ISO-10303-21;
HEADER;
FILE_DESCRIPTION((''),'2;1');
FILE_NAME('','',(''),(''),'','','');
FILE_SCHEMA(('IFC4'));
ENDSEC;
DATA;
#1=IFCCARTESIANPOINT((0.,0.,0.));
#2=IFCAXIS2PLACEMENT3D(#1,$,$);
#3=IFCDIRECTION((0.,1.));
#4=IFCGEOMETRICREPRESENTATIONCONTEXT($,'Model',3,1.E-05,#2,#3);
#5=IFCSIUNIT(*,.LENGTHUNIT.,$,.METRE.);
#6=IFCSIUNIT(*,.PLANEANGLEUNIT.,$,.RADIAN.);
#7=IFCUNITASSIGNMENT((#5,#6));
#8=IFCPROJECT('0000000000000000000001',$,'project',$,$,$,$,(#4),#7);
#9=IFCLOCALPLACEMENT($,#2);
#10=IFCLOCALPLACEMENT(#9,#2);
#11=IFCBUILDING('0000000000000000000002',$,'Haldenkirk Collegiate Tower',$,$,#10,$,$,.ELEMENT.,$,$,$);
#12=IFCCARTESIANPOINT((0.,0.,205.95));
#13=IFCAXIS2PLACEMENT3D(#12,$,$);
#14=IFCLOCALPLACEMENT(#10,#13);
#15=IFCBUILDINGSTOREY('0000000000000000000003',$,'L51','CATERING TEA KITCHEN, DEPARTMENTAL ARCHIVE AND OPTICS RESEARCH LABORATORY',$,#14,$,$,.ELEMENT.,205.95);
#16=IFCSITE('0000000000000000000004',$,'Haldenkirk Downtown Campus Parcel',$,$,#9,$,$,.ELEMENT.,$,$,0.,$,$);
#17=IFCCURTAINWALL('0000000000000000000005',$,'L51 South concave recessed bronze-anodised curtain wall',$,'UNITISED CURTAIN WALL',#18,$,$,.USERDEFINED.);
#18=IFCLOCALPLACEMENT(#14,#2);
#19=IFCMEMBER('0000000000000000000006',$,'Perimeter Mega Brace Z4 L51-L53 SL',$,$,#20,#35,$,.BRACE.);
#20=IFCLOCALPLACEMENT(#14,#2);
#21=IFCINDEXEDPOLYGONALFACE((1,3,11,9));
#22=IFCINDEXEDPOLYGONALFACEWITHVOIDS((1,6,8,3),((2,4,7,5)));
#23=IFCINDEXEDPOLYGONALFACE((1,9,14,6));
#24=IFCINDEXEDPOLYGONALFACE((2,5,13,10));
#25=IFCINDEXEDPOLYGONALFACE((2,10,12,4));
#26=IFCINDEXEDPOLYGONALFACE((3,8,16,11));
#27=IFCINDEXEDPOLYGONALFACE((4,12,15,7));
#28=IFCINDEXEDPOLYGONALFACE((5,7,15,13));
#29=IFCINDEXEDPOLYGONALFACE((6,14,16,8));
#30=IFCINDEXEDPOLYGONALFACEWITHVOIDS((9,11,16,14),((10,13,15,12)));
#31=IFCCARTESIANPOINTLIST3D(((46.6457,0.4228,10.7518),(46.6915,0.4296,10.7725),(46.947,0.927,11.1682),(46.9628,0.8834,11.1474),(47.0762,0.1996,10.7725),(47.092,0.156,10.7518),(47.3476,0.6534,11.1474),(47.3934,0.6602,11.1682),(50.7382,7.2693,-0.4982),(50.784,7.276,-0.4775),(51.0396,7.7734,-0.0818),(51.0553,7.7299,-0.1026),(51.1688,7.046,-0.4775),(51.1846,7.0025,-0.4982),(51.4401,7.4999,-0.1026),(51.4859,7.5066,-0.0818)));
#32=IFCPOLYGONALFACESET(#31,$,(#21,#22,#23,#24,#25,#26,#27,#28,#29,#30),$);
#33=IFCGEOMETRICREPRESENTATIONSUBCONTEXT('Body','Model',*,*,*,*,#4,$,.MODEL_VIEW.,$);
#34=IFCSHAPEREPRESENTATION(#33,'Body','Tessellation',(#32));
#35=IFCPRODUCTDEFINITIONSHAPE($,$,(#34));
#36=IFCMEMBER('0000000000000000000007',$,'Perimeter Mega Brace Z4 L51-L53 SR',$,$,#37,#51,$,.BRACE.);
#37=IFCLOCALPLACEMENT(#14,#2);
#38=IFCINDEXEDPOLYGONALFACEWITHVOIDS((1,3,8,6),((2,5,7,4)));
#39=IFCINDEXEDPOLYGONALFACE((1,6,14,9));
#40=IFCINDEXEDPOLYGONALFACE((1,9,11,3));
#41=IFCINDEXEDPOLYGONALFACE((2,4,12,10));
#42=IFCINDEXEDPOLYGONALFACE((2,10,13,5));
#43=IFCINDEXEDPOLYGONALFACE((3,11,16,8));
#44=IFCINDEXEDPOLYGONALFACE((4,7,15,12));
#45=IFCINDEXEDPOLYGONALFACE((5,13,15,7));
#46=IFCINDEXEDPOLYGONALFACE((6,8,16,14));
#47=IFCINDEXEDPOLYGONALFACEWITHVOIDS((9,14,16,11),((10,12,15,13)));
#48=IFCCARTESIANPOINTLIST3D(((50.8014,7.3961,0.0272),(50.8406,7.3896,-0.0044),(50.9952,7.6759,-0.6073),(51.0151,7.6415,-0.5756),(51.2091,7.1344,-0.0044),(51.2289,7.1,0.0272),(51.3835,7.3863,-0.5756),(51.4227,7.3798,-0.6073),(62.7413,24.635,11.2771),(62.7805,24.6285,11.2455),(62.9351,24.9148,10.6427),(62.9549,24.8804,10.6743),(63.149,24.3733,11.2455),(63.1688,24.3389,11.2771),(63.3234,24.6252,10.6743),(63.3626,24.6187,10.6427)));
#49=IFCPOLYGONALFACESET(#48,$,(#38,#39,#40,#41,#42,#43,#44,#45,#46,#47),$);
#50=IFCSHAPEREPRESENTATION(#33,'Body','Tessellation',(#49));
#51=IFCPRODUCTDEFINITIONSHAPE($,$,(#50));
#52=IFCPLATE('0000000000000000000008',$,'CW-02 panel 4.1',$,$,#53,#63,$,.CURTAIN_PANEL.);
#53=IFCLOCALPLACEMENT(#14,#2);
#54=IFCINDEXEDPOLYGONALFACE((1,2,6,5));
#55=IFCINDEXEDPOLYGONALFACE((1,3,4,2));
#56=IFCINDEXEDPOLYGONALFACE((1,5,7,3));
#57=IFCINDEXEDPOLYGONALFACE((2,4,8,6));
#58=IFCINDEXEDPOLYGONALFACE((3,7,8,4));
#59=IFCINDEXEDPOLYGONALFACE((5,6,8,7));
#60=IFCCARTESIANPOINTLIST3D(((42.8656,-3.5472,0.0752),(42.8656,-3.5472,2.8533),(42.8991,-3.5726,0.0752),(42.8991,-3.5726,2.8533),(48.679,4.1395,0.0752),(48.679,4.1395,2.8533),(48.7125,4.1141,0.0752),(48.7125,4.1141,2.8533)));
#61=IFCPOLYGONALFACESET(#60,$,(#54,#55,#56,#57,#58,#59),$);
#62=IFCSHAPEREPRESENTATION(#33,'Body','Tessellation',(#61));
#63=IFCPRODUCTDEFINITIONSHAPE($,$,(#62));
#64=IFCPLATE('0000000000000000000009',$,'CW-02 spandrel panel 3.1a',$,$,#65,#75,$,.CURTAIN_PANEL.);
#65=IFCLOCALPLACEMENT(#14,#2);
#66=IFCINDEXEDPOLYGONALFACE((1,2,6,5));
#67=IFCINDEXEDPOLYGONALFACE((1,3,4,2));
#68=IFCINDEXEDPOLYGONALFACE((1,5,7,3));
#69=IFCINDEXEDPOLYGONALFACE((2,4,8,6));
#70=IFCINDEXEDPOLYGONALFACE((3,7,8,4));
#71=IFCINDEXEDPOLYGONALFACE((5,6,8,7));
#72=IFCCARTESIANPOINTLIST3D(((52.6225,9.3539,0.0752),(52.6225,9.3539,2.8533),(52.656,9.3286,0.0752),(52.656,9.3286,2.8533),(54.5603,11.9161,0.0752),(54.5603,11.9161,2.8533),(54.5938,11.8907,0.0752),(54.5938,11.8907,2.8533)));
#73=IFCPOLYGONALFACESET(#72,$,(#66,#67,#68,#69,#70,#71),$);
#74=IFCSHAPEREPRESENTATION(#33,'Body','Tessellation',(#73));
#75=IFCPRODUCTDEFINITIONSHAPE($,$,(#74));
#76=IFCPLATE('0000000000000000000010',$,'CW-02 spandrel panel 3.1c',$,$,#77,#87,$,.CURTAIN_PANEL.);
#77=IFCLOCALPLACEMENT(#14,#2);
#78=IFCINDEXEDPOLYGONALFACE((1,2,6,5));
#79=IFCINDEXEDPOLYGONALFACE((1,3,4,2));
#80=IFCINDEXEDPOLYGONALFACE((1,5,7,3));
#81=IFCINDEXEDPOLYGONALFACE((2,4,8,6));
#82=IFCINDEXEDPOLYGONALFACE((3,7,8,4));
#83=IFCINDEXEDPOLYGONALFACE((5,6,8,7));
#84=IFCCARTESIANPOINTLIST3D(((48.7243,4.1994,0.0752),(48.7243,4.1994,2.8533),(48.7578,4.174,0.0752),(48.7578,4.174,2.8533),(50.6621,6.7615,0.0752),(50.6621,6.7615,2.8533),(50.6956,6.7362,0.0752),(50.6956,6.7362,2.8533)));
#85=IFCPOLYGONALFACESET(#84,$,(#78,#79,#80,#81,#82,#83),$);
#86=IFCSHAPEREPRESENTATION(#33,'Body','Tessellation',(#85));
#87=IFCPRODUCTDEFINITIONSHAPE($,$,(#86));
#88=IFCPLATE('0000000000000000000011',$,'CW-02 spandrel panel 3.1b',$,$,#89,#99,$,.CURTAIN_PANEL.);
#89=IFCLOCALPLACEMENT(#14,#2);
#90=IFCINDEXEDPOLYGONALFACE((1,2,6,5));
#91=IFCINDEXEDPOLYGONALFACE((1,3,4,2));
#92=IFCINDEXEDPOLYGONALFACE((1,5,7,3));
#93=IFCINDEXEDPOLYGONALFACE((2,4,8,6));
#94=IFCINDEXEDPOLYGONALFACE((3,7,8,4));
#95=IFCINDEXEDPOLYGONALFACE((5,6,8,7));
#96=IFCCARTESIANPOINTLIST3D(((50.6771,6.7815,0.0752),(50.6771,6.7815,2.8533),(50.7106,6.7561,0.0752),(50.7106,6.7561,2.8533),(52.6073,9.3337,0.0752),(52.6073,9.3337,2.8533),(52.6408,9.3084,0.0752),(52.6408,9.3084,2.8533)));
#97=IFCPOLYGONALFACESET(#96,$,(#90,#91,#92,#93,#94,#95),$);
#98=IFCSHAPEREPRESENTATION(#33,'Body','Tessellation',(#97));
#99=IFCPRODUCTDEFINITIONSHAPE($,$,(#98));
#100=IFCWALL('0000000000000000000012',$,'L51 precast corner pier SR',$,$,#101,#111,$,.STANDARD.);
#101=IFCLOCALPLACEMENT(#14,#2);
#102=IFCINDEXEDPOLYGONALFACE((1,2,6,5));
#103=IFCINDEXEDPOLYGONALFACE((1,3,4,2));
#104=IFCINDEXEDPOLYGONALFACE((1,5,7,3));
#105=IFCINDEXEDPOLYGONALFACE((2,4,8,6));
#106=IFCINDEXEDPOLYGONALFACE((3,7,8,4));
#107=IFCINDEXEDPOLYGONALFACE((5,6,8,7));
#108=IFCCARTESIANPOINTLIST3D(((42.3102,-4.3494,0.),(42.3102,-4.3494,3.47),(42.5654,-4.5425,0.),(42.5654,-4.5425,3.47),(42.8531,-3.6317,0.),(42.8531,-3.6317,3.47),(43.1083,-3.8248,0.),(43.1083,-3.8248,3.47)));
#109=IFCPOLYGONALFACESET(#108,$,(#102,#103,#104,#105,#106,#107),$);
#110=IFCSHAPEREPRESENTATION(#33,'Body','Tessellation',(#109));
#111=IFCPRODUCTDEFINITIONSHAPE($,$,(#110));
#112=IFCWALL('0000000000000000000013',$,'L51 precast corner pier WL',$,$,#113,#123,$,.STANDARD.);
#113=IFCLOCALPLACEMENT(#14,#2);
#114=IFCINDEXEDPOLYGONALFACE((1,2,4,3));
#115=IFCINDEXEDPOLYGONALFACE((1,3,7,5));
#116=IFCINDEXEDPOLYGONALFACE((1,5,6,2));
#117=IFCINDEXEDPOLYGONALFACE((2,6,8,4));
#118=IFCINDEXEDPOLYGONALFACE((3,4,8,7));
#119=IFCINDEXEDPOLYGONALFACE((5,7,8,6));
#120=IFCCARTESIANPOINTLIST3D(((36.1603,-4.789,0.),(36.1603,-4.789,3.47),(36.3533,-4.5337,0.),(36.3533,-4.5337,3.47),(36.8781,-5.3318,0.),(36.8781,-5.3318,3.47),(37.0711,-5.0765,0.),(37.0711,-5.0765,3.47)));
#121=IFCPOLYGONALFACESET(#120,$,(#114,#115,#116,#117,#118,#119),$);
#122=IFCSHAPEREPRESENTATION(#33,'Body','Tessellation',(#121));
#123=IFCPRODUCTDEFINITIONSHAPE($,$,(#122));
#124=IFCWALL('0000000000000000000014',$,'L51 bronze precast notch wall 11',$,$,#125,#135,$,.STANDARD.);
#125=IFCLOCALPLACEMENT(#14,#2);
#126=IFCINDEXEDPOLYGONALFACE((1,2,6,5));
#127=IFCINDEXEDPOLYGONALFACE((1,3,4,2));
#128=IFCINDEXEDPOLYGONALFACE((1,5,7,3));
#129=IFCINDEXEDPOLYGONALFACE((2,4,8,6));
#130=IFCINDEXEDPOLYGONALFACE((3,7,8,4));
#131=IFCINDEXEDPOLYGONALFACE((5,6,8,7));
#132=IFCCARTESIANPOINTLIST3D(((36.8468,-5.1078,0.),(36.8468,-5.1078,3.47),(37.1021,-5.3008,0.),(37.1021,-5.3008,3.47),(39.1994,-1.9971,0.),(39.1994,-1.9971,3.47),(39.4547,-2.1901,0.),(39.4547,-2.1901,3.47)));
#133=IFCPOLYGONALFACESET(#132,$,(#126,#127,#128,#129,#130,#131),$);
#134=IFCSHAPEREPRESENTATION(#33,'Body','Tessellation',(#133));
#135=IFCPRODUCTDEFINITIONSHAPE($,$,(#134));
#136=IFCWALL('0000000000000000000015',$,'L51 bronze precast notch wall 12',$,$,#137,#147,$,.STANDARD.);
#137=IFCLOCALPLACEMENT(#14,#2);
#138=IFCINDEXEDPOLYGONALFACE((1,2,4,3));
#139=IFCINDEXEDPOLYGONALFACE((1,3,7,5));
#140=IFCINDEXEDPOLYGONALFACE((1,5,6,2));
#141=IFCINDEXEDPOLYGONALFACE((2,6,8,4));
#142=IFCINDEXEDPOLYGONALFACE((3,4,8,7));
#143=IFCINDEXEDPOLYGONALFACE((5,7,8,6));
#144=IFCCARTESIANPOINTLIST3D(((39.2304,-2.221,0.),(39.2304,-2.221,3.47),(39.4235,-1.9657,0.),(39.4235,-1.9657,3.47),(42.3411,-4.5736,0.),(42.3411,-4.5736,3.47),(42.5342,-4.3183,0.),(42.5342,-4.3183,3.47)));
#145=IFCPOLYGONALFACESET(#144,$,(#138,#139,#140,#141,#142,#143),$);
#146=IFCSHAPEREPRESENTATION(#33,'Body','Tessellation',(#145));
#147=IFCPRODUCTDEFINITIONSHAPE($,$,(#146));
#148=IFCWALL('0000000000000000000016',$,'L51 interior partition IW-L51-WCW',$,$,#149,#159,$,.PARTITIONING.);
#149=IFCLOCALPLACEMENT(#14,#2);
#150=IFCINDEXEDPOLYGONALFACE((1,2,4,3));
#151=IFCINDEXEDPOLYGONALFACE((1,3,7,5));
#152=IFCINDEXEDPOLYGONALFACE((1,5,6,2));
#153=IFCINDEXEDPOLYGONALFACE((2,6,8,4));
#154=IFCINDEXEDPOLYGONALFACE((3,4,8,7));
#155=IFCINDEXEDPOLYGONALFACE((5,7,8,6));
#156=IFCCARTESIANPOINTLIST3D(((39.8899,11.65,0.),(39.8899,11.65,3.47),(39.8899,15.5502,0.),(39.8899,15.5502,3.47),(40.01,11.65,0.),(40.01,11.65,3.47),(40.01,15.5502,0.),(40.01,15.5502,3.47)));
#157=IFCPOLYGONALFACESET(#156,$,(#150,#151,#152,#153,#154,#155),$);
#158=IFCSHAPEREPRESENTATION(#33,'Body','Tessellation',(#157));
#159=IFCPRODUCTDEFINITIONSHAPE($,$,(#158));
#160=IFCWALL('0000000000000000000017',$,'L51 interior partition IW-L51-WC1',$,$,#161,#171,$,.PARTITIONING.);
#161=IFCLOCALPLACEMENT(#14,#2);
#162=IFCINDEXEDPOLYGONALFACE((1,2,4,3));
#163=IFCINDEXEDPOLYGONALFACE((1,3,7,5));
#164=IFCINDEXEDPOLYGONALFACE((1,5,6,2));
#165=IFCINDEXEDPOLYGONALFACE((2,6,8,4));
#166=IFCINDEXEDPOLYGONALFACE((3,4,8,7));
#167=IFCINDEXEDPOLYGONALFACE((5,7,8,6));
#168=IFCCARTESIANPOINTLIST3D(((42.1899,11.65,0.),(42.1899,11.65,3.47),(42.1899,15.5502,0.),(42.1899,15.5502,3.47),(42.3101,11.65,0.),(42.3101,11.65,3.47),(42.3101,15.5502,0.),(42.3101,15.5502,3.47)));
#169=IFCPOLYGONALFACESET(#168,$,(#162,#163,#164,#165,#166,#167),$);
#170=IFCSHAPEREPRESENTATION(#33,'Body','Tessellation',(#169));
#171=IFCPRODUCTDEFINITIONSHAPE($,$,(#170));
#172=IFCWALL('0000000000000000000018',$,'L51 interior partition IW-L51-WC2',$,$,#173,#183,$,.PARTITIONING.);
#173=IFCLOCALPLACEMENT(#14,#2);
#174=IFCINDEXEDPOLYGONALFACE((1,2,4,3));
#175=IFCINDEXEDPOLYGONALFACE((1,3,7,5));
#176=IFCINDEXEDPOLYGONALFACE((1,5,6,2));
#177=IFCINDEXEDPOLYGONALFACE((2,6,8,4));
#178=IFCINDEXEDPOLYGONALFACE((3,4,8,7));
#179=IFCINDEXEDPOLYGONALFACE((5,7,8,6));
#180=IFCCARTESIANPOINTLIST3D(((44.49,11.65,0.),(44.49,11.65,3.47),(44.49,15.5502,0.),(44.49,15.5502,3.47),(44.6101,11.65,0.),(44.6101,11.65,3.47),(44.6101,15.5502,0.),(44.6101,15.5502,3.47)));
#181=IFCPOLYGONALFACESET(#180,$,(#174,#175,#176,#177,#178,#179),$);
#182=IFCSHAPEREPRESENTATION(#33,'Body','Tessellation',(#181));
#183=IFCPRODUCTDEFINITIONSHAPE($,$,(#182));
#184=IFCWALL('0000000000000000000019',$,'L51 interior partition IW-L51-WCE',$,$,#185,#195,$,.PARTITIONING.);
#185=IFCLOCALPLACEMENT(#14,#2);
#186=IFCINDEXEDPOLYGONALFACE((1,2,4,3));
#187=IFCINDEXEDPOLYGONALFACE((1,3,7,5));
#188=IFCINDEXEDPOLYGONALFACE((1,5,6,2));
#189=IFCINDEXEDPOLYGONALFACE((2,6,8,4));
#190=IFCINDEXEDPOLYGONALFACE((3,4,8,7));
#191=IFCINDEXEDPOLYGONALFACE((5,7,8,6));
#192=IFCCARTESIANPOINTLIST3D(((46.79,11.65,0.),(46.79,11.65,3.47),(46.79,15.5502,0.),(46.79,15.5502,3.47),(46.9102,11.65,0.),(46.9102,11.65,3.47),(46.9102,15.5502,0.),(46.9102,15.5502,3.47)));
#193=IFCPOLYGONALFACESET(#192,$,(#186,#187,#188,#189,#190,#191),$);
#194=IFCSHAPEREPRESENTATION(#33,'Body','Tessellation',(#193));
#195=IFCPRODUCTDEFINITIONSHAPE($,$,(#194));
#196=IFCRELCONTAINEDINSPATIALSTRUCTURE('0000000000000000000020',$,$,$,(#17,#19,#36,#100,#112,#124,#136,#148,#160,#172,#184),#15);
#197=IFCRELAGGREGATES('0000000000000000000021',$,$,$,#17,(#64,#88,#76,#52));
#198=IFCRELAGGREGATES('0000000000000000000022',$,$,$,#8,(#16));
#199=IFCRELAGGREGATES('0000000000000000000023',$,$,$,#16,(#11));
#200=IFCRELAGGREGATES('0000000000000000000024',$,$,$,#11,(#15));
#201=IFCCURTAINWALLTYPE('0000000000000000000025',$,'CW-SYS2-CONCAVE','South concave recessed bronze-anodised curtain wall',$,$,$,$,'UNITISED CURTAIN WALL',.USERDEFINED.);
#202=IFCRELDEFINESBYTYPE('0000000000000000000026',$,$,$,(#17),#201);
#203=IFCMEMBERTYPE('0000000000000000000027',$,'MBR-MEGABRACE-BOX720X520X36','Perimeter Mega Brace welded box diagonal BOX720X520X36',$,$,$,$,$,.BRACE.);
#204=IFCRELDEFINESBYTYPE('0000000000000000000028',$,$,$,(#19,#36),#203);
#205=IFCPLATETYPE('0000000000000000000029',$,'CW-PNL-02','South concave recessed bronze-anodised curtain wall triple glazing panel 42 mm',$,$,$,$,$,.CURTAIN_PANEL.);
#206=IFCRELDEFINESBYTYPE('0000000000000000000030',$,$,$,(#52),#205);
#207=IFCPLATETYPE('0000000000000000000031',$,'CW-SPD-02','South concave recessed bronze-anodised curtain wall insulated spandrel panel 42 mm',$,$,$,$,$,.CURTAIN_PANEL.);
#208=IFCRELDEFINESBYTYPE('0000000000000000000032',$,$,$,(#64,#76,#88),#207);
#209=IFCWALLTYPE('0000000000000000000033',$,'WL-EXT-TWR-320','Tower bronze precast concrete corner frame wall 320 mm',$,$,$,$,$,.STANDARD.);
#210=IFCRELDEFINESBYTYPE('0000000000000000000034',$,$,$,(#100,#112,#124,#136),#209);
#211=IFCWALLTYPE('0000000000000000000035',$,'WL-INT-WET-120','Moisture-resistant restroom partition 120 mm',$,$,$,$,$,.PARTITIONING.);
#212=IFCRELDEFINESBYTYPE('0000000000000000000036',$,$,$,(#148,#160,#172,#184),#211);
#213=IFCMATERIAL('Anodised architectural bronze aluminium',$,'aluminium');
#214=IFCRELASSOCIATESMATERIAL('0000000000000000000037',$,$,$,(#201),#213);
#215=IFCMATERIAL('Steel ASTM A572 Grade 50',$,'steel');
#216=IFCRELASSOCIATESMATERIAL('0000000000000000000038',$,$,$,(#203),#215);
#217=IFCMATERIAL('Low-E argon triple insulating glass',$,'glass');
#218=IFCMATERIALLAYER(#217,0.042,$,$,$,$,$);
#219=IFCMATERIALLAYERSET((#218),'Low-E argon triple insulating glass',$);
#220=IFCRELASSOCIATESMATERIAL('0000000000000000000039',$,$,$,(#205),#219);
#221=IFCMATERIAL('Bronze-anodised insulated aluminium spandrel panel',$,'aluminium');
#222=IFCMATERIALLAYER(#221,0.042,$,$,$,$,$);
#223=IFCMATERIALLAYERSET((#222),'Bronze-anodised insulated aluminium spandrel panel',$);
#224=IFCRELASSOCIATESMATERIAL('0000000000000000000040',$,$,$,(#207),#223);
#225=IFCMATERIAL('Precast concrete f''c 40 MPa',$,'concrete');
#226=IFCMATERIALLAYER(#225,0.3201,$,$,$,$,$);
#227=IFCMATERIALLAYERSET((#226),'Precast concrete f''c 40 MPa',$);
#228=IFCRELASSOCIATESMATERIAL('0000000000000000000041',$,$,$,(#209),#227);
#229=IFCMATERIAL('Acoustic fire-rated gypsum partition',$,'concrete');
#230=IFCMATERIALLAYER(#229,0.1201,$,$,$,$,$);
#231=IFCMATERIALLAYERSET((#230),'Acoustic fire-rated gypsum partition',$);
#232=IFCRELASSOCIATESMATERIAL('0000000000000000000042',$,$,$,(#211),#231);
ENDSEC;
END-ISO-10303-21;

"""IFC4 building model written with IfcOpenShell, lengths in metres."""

from ifc_helpers import new_model, si_unit, direction, frame, frame_2d, origin, origin_2d, place, context, subcontext, project, spatial, rectangle, hollow_rectangle, extrude, source, transform, mapped, material, layer, layer_set, material_profile, profile_set, type_object, element, aggregate, save


model = new_model("IFC4")

# Units and contexts
model_context = context("Model", 3, precision=1e-05, world=origin(), true_north=direction((0.0, 1.0)))
body_context = subcontext(model_context, "Body", "Model", "MODEL_VIEW")
ifc_project = project(units=[si_unit("LENGTHUNIT", "METRE"), si_unit("PLANEANGLEUNIT", "RADIAN")], contexts=[model_context])

# Site, building, storey
site_placement = place(None, origin())
site = spatial("IfcSite", under=ifc_project, at=site_placement, Name="Haldenkirk Downtown Campus Parcel", CompositionType="ELEMENT", RefElevation=0.0)
building_placement = place(site_placement, origin())
building = spatial("IfcBuilding", under=site, at=building_placement, Name="Haldenkirk Collegiate Tower", CompositionType="ELEMENT")
storey_placement = place(building_placement, frame((0.0, 0.0, 205.95)))
storey = spatial("IfcBuildingStorey", under=building, at=storey_placement, Name="L51", Description="CATERING TEA KITCHEN, DEPARTMENTAL ARCHIVE AND OPTICS RESEARCH LABORATORY", CompositionType="ELEMENT", Elevation=205.95)

# Shared definitions
ifc_material_1 = material(Name="Steel ASTM A572 Grade 50", Category="steel")

# Curtain wall
ifc_material_2 = material(Name="Anodised architectural bronze aluminium", Category="aluminium")
curtain_wall_type_1 = type_object("IfcCurtainWallType", Name="CW-SYS2-CONCAVE", Description="South concave recessed bronze-anodised curtain wall", ElementType="UNITISED CURTAIN WALL", PredefinedType="USERDEFINED", material=ifc_material_2)
curtain_wall_1_placement = place(storey_placement, origin())
curtain_wall_1 = element("IfcCurtainWall", 1, at=curtain_wall_1_placement, inside=storey, type_object=curtain_wall_type_1, Name="L51 South concave recessed bronze-anodised curtain wall", ObjectType="UNITISED CURTAIN WALL", PredefinedType="USERDEFINED")

# Members
ifc_material_profile_1 = material_profile(ifc_material_1, hollow_rectangle(XDim=0.52, YDim=0.72, WallThickness=0.0359, at=origin_2d()), Name="BOX720X520X36")
ifc_profile_set_1 = profile_set([ifc_material_profile_1], Name="Steel ASTM A572 Grade 50")
member_type_1 = type_object("IfcMemberType", Name="MBR-MEGABRACE-BOX720X520X36", Description="Perimeter Mega Brace welded box diagonal BOX720X520X36", PredefinedType="BRACE", material=ifc_profile_set_1)
member_1_placement = place(storey_placement, frame((51.1121, 7.3879, -0.29), z_axis=(-0.296759, -0.496451, 0.815764), x_axis=(0.85834, -0.513082, 0.0)))
element("IfcMember", 2, at=member_1_placement, inside=storey, type_object=member_type_1, Name="Perimeter Mega Brace Z4 L51-L53 SL", PredefinedType="BRACE", context=body_context, shape_type="SweptSolid", body=[
    extrude(hollow_rectangle(XDim=0.52, YDim=0.72, WallThickness=0.0359, at=origin_2d()), origin(), (0.0, 0.0, 1.0), 13.7908),
])
member_2_placement = place(storey_placement, frame((51.1121, 7.3879, -0.29), z_axis=(0.501737, 0.724413, 0.472744), x_axis=(-0.822075, 0.569379, 0.0)))
element("IfcMember", 3, at=member_2_placement, inside=storey, type_object=member_type_1, Name="Perimeter Mega Brace Z4 L51-L53 SR", PredefinedType="BRACE", context=body_context, shape_type="SweptSolid", body=[
    extrude(hollow_rectangle(XDim=0.52, YDim=0.72, WallThickness=0.0359, at=origin_2d()), origin(), (0.0, 0.0, 1.0), 23.7971),
])

# Plates
ifc_material_3 = material(Name="Low-E argon triple insulating glass", Category="glass")
ifc_layer_1 = layer(ifc_material_3, 0.042)
ifc_layer_set_1 = layer_set([ifc_layer_1], Name="Low-E argon triple insulating glass")
plate_type_1 = type_object("IfcPlateType", Name="CW-PNL-02", Description="South concave recessed bronze-anodised curtain wall triple glazing panel 42 mm", PredefinedType="CURTAIN_PANEL", material=ifc_layer_set_1)
shared_shape_1 = source(origin(), body_context, "Body", "SweptSolid", [
    extrude(rectangle(XDim=9.6375, YDim=0.042, at=origin_2d()), origin(), (0.0, 0.0, 1.0), 2.7781),
])
plate_1_placement = place(storey_placement, frame((45.7891, 0.2834, 0.0752), z_axis=(0.0, 0.0, 1.0), x_axis=(-0.603207, -0.797584, 0.0)))
plate_1 = element("IfcPlate", 4, at=plate_1_placement, type_object=plate_type_1, Name="CW-02 panel 4.1", PredefinedType="CURTAIN_PANEL", context=body_context, shape_type="MappedRepresentation", body=[
    mapped(shared_shape_1, transform((0.0, 0.0, 0.0), x_axis=(1.0, 0.0, 0.0), y_axis=(0.0, 1.0, 0.0), z_axis=(0.0, 0.0, 1.0), scale=1.0)),
])
ifc_material_4 = material(Name="Bronze-anodised insulated aluminium spandrel panel", Category="aluminium")
ifc_layer_2 = layer(ifc_material_4, 0.042)
ifc_layer_set_2 = layer_set([ifc_layer_2], Name="Bronze-anodised insulated aluminium spandrel panel")
plate_type_2 = type_object("IfcPlateType", Name="CW-SPD-02", Description="South concave recessed bronze-anodised curtain wall insulated spandrel panel 42 mm", PredefinedType="CURTAIN_PANEL", material=ifc_layer_set_2)
shared_shape_2 = source(origin(), body_context, "Body", "SweptSolid", [
    extrude(rectangle(XDim=3.2124, YDim=0.042, at=origin_2d()), origin(), (0.0, 0.0, 1.0), 2.7781),
])
plate_2_placement = place(storey_placement, frame((53.6082, 10.6223, 0.0752), z_axis=(0.0, 0.0, 1.0), x_axis=(-0.603207, -0.797584, 0.0)))
plate_2 = element("IfcPlate", 5, at=plate_2_placement, type_object=plate_type_2, Name="CW-02 spandrel panel 3.1a", PredefinedType="CURTAIN_PANEL", context=body_context, shape_type="MappedRepresentation", body=[
    mapped(shared_shape_2, transform((0.0, 0.0, 0.0), x_axis=(1.0, 0.0, 0.0), y_axis=(0.0, 1.0, 0.0), z_axis=(0.0, 0.0, 1.0), scale=1.0)),
])
plate_3_placement = place(storey_placement, frame((49.71, 5.4678, 0.0752), z_axis=(0.0, 0.0, 1.0), x_axis=(-0.603207, -0.797584, 0.0)))
plate_3 = element("IfcPlate", 6, at=plate_3_placement, type_object=plate_type_2, Name="CW-02 spandrel panel 3.1c", PredefinedType="CURTAIN_PANEL", context=body_context, shape_type="MappedRepresentation", body=[
    mapped(shared_shape_2, transform((0.0, 0.0, 0.0), x_axis=(1.0, 0.0, 0.0), y_axis=(0.0, 1.0, 0.0), z_axis=(0.0, 0.0, 1.0), scale=1.0)),
])
shared_shape_3 = source(origin(), body_context, "Body", "SweptSolid", [
    extrude(rectangle(XDim=3.2, YDim=0.042, at=origin_2d()), origin(), (0.0, 0.0, 1.0), 2.7781),
])
plate_4_placement = place(storey_placement, frame((51.6589, 8.0449, 0.0752), z_axis=(0.0, 0.0, 1.0), x_axis=(-0.603207, -0.797584, 0.0)))
plate_4 = element("IfcPlate", 7, at=plate_4_placement, type_object=plate_type_2, Name="CW-02 spandrel panel 3.1b", PredefinedType="CURTAIN_PANEL", context=body_context, shape_type="MappedRepresentation", body=[
    mapped(shared_shape_3, transform((0.0, 0.0, 0.0), x_axis=(1.0, 0.0, 0.0), y_axis=(0.0, 1.0, 0.0), z_axis=(0.0, 0.0, 1.0), scale=1.0)),
])
aggregate(curtain_wall_1, [plate_2, plate_4, plate_3, plate_1])

# Walls
ifc_material_5 = material(Name="Precast concrete f'c 40 MPa", Category="concrete")
ifc_layer_3 = layer(ifc_material_5, 0.3201)
ifc_layer_set_3 = layer_set([ifc_layer_3], Name="Precast concrete f'c 40 MPa")
wall_type_1 = type_object("IfcWallType", Name="WL-EXT-TWR-320", Description="Tower bronze precast concrete corner frame wall 320 mm", PredefinedType="STANDARD", material=ifc_layer_set_3)
for number, where, z_axis, x_axis, name in (
    (8, (42.9807, -3.7283, 0.0), (0.0, 0.0, 1.0), (-0.603293, -0.797519, 0.0), "L51 precast corner pier SR"),
    (9, (36.9746, -5.2041, 0.0), (0.0, 0.0, 1.0), (-0.79765, 0.603121, 0.0), "L51 precast corner pier WL"),
):
    element("IfcWall", number, at=place(storey_placement, frame(where, z_axis=z_axis, x_axis=x_axis)), inside=storey, type_object=wall_type_1, Name=name, PredefinedType="STANDARD", context=body_context, shape_type="SweptSolid", body=[
        extrude(rectangle(XDim=0.8999, YDim=0.3201, at=frame_2d((0.45, 0.0))), origin(), (0.0, 0.0, 1.0), 3.47),
    ])
for number, where, z_axis, x_axis, name in (
    (10, (39.3271, -2.0935, 0.0), (0.0, 0.0, 1.0), (-0.60321, -0.797582, 0.0), "L51 bronze precast notch wall 11"),
    (11, (42.4377, -4.446, 0.0), (0.0, 0.0, 1.0), (-0.797582, 0.60321, 0.0), "L51 bronze precast notch wall 12"),
):
    element("IfcWall", number, at=place(storey_placement, frame(where, z_axis=z_axis, x_axis=x_axis)), inside=storey, type_object=wall_type_1, Name=name, PredefinedType="STANDARD", context=body_context, shape_type="SweptSolid", body=[
        extrude(rectangle(XDim=3.9001, YDim=0.3201, at=frame_2d((1.9502, 0.0))), origin(), (0.0, 0.0, 1.0), 3.47),
    ])
ifc_material_6 = material(Name="Acoustic fire-rated gypsum partition", Category="concrete")
ifc_layer_4 = layer(ifc_material_6, 0.1201)
ifc_layer_set_4 = layer_set([ifc_layer_4], Name="Acoustic fire-rated gypsum partition")
wall_type_2 = type_object("IfcWallType", Name="WL-INT-WET-120", Description="Moisture-resistant restroom partition 120 mm", PredefinedType="PARTITIONING", material=ifc_layer_set_4)
for number, where, z_axis, x_axis, name in (
    (12, (39.95, 11.6499, 0.0), (0.0, 0.0, 1.0), (0.0, 1.0, 0.0), "L51 interior partition IW-L51-WCW"),
    (13, (42.25, 11.6499, 0.0), (0.0, 0.0, 1.0), (0.0, 1.0, 0.0), "L51 interior partition IW-L51-WC1"),
    (14, (44.55, 11.6499, 0.0), (0.0, 0.0, 1.0), (0.0, 1.0, 0.0), "L51 interior partition IW-L51-WC2"),
    (15, (46.8501, 11.6499, 0.0), (0.0, 0.0, 1.0), (0.0, 1.0, 0.0), "L51 interior partition IW-L51-WCE"),
):
    element("IfcWall", number, at=place(storey_placement, frame(where, z_axis=z_axis, x_axis=x_axis)), inside=storey, type_object=wall_type_2, Name=name, PredefinedType="PARTITIONING", context=body_context, shape_type="SweptSolid", body=[
        extrude(rectangle(XDim=3.9001, YDim=0.1201, at=frame_2d((1.9502, 0.0))), origin(), (0.0, 0.0, 1.0), 3.47),
    ])

save(model, "model.ifc")
